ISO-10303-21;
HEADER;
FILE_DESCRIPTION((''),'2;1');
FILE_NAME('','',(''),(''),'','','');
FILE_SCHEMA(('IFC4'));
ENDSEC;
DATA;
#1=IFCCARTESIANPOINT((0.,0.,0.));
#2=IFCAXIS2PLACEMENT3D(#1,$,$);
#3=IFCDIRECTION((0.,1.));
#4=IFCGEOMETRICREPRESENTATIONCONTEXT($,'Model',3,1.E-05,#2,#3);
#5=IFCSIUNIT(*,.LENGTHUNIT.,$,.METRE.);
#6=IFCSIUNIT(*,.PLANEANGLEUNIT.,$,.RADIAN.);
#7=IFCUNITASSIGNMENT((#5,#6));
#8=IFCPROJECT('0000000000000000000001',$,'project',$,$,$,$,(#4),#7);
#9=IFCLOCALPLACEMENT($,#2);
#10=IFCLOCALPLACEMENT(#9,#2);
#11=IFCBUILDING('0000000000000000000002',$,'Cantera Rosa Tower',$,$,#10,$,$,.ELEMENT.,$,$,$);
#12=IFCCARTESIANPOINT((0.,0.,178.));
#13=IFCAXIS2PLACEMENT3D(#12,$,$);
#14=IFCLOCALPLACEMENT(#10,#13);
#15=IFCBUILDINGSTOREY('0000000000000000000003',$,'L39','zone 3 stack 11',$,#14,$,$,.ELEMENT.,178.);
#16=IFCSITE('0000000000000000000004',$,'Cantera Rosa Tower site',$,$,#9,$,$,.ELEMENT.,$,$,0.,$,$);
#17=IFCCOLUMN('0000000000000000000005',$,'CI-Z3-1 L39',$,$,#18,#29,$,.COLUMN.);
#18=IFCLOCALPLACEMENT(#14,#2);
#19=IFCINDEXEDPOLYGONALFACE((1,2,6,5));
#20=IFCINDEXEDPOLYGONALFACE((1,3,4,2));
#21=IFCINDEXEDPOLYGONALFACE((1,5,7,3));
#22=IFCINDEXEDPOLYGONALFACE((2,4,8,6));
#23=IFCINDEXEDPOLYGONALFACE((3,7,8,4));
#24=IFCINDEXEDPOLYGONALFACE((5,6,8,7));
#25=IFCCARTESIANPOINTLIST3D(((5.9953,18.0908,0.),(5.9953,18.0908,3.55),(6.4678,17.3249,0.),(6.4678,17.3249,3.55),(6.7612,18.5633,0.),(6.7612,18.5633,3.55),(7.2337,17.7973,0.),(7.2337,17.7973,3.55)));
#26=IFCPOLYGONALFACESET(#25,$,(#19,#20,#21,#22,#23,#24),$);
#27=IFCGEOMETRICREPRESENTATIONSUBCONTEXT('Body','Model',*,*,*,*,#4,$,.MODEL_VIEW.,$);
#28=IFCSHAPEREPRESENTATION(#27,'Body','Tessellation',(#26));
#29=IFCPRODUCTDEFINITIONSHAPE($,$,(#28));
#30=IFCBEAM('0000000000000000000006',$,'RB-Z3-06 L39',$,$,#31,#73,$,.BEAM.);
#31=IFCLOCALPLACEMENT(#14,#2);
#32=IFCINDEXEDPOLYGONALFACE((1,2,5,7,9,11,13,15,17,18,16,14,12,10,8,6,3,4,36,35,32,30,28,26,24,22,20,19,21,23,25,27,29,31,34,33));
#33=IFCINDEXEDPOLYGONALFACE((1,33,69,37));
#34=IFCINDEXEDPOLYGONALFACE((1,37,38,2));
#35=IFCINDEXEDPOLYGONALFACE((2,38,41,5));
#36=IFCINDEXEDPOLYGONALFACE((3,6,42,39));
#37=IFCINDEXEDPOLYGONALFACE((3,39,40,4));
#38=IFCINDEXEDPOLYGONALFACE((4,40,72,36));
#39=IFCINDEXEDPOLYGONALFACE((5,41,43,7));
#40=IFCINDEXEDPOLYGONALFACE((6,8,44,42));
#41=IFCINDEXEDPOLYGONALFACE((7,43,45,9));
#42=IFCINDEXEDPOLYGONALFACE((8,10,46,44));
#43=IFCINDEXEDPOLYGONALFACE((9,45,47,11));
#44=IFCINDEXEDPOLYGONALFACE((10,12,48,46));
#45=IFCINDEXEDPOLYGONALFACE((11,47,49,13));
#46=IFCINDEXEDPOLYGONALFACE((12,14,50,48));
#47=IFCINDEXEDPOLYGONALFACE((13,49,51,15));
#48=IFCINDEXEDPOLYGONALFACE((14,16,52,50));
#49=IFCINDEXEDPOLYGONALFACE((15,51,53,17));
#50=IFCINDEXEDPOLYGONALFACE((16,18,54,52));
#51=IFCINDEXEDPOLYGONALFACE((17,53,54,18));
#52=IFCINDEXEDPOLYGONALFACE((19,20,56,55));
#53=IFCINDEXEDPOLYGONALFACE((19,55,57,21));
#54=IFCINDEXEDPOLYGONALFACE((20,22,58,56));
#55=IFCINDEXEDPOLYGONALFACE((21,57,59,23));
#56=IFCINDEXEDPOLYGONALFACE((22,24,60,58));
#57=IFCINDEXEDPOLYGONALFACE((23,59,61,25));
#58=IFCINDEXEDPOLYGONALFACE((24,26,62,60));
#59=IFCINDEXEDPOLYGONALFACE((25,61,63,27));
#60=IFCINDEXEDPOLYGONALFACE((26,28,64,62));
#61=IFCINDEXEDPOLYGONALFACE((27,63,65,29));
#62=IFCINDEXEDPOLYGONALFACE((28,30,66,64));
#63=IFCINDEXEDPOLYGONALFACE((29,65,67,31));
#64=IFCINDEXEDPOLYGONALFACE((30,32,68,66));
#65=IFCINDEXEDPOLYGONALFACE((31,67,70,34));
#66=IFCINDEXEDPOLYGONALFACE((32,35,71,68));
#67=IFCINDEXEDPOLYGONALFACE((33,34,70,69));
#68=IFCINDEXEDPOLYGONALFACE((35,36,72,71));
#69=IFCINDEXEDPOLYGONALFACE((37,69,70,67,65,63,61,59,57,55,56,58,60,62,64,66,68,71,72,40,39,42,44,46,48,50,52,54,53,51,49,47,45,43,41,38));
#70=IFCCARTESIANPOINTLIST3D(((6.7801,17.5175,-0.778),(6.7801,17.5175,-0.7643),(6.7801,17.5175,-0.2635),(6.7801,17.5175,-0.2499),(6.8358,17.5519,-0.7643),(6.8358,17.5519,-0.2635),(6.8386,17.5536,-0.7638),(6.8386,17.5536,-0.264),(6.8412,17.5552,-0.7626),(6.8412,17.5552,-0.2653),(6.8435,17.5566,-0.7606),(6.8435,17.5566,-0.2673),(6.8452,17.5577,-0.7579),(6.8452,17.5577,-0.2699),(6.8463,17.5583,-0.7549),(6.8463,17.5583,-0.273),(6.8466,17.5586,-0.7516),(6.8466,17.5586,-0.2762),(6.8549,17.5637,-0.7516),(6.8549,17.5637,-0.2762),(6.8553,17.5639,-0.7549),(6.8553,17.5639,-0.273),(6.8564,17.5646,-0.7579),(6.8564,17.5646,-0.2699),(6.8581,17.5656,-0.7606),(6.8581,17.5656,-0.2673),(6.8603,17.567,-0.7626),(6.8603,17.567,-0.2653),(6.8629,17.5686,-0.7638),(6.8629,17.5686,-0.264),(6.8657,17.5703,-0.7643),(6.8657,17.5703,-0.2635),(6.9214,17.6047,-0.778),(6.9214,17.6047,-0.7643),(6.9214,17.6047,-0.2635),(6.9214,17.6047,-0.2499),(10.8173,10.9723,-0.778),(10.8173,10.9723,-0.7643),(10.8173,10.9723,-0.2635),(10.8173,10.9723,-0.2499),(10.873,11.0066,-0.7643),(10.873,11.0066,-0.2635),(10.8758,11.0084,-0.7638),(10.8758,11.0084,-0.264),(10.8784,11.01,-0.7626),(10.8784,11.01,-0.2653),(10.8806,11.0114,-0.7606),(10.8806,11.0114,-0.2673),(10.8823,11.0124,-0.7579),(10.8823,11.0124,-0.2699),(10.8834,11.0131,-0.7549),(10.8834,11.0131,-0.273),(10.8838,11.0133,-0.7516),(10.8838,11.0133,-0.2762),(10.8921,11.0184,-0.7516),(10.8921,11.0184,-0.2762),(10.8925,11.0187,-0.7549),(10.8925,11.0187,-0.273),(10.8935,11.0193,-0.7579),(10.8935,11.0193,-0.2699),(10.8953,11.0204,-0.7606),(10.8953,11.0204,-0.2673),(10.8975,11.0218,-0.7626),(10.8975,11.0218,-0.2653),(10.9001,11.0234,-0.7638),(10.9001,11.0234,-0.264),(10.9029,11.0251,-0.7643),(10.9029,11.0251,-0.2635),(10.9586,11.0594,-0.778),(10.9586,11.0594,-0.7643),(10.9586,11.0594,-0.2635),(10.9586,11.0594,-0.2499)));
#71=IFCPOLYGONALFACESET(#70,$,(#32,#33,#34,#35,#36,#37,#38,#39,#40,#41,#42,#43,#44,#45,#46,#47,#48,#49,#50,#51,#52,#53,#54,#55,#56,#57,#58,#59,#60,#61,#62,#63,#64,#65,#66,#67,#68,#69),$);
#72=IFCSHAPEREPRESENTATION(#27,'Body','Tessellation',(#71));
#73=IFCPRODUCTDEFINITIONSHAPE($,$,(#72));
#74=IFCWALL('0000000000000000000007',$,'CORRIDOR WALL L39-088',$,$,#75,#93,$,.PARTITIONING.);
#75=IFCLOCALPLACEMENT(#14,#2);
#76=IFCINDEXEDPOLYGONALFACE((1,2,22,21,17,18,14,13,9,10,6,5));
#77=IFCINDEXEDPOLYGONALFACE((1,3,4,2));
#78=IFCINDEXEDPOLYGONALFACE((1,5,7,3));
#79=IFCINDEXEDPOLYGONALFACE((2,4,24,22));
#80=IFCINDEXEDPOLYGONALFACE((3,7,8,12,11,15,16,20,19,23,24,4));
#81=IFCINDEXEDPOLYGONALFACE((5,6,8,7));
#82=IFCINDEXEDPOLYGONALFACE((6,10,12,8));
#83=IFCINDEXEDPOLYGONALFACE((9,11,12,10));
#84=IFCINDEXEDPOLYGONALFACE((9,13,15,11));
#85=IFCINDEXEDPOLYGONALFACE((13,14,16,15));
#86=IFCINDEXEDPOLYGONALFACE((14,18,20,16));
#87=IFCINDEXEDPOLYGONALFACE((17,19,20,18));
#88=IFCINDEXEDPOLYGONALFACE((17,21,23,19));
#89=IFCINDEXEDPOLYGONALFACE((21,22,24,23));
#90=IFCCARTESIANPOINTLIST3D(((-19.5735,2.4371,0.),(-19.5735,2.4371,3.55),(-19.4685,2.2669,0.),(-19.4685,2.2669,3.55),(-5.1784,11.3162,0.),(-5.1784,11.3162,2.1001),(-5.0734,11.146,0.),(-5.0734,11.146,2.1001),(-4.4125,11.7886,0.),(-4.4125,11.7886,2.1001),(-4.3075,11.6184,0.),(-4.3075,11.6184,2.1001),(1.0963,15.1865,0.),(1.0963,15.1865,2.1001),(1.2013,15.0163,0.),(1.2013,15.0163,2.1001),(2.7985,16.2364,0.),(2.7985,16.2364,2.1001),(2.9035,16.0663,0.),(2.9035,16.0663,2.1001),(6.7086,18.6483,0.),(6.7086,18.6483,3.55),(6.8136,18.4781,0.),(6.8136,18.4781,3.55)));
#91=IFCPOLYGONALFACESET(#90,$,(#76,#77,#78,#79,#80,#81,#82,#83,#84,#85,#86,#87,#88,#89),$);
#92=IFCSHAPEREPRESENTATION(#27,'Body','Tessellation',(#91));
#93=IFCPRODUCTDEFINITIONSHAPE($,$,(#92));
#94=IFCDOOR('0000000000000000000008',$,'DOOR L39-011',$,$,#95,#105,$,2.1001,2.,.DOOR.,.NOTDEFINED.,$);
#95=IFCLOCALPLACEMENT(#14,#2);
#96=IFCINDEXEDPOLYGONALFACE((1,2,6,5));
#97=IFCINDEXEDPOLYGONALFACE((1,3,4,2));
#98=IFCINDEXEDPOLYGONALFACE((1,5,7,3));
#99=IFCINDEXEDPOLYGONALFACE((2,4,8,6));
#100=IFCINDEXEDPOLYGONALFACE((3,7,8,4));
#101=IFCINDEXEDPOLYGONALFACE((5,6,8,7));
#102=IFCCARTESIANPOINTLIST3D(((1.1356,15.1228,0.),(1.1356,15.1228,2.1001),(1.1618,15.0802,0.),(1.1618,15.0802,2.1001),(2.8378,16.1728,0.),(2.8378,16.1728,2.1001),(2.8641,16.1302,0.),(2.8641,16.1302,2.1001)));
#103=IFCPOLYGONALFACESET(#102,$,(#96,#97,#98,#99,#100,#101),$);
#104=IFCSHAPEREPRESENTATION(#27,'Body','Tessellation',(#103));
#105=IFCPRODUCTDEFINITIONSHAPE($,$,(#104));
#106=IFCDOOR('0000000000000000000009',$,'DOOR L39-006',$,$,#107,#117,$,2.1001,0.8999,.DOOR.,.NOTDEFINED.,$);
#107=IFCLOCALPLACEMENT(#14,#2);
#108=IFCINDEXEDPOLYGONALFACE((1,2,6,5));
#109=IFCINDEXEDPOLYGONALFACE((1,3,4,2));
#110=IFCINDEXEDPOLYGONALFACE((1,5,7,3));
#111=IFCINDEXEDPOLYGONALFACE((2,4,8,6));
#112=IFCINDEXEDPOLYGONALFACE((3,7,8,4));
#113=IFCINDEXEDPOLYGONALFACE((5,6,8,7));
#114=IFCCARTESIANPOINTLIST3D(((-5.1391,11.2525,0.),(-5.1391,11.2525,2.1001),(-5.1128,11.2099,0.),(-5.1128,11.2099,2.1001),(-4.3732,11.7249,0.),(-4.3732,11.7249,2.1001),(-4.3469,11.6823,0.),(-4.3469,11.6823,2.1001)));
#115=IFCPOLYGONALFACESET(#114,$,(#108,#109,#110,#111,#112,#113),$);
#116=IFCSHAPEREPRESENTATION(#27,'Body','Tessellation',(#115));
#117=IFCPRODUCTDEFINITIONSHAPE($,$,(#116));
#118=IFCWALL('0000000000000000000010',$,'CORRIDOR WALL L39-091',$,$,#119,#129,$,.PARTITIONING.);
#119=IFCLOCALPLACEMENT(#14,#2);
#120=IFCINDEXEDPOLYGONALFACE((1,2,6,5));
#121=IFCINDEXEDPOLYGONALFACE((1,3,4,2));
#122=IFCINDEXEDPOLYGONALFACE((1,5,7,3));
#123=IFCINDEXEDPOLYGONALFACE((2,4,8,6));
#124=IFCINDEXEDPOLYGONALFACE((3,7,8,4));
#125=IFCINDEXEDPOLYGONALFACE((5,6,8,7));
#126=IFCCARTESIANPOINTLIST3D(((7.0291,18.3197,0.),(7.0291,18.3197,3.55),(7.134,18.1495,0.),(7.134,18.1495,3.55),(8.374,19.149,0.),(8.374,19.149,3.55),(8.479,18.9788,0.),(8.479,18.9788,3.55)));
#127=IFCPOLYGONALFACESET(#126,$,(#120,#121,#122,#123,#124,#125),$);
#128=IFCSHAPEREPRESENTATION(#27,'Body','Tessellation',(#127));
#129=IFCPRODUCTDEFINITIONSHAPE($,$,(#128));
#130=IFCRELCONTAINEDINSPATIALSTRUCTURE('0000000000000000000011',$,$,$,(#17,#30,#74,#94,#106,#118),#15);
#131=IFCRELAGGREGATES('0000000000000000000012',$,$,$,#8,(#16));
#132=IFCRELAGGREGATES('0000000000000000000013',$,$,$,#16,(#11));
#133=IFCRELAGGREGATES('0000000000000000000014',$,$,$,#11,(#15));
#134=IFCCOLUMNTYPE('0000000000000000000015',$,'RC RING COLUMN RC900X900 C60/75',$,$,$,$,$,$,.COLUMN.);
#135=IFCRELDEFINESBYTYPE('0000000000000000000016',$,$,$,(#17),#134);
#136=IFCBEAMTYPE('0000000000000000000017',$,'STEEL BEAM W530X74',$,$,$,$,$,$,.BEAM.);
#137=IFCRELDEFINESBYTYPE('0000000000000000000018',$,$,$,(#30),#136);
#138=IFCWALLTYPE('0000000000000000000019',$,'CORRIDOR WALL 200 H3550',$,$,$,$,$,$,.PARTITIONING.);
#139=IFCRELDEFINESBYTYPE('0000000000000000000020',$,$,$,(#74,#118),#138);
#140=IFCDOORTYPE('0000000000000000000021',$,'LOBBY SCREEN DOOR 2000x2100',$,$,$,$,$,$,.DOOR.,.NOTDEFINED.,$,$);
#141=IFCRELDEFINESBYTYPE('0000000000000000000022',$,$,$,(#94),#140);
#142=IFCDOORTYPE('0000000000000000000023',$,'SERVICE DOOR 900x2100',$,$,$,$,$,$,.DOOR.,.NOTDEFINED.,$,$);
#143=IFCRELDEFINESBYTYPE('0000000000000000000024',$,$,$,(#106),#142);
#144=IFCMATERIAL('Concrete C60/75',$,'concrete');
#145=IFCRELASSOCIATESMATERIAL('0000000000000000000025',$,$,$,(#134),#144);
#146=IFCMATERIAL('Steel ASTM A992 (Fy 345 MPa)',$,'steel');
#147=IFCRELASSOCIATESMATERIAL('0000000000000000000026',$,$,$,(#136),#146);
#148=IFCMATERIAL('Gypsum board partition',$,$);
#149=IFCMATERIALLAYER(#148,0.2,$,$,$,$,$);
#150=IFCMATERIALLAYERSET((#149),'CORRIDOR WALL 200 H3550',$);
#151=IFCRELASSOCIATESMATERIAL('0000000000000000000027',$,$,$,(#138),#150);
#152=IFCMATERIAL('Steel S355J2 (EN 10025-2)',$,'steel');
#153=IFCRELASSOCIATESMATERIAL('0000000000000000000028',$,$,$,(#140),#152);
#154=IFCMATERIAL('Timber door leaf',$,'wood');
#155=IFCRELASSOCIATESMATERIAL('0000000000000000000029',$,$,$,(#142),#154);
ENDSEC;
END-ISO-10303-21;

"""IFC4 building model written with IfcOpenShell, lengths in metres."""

from ifc_helpers import new_model, si_unit, direction, frame, frame_2d, origin, origin_2d, place, context, subcontext, project, spatial, rectangle, i_section, extrude, material, layer, layer_set, material_profile, profile_set, type_object, element, fill, save


model = new_model("IFC4")

# Units and contexts
model_context = context("Model", 3, precision=1e-05, world=origin(), true_north=direction((0.0, 1.0)))
body_context = subcontext(model_context, "Body", "Model", "MODEL_VIEW")
ifc_project = project(units=[si_unit("LENGTHUNIT", "METRE"), si_unit("PLANEANGLEUNIT", "RADIAN")], contexts=[model_context])

# Site, building, storey
site_placement = place(None, origin())
site = spatial("IfcSite", under=ifc_project, at=site_placement, Name="Cantera Rosa Tower site", CompositionType="ELEMENT", RefElevation=0.0)
building_placement = place(site_placement, origin())
building = spatial("IfcBuilding", under=site, at=building_placement, Name="Cantera Rosa Tower", CompositionType="ELEMENT")
storey_placement = place(building_placement, frame((0.0, 0.0, 178.0)))
storey = spatial("IfcBuildingStorey", under=building, at=storey_placement, Name="L39", Description="zone 3 stack 11", CompositionType="ELEMENT", Elevation=178.0)

# Column
ifc_material_1 = material(Name="Concrete C60/75", Category="concrete")
ifc_material_profile_1 = material_profile(ifc_material_1, rectangle(XDim=0.8999, YDim=0.8999, at=origin_2d()), Name="RC RING COLUMN RC900X900 C60/75")
ifc_profile_set_1 = profile_set([ifc_material_profile_1], Name="Concrete C60/75")
column_type = type_object("IfcColumnType", Name="RC RING COLUMN RC900X900 C60/75", PredefinedType="COLUMN", material=ifc_profile_set_1)
column_placement = place(storey_placement, frame((6.6145, 17.9441, 0.0), z_axis=(0.0, 0.0, 1.0), x_axis=(0.851117, 0.524977, 0.0)))
element("IfcColumn", 1, at=column_placement, inside=storey, type_object=column_type, Name="CI-Z3-1 L39", PredefinedType="COLUMN", context=body_context, shape_type="SweptSolid", body=[
    extrude(rectangle(XDim=0.8999, YDim=0.8999, at=origin_2d()), origin(), (0.0, 0.0, 1.0), 3.55),
])

# Beam
ifc_material_2 = material(Name="Steel ASTM A992 (Fy 345 MPa)", Category="steel")
ifc_material_profile_2 = material_profile(ifc_material_2, i_section(OverallWidth=0.166, OverallDepth=0.5281, WebThickness=0.0098, FlangeThickness=0.0137, FilletRadius=0.0127, at=origin_2d()), Name="W530X74")
ifc_profile_set_2 = profile_set([ifc_material_profile_2], Name="Steel ASTM A992 (Fy 345 MPa)")
beam_type = type_object("IfcBeamType", Name="STEEL BEAM W530X74", PredefinedType="BEAM", material=ifc_profile_set_2)
beam_placement = place(storey_placement, frame((10.8879, 11.0159, -0.5139), z_axis=(-0.524976, 0.851117, 0.0), x_axis=(-0.851117, -0.524976, 0.0)))
element("IfcBeam", 2, at=beam_placement, inside=storey, type_object=beam_type, Name="RB-Z3-06 L39", PredefinedType="BEAM", context=body_context, shape_type="SweptSolid", body=[
    extrude(i_section(OverallWidth=0.166, OverallDepth=0.5281, WebThickness=0.0098, FlangeThickness=0.0137, FilletRadius=0.0127, at=origin_2d()), origin(), (0.0, 0.0, 1.0), 7.6902),
])

# Wall, openings, doors
ifc_material_3 = material(Name="Gypsum board partition")
ifc_layer_1 = layer(ifc_material_3, 0.2)
ifc_layer_set_1 = layer_set([ifc_layer_1], Name="CORRIDOR WALL 200 H3550")
wall_type_1 = type_object("IfcWallType", Name="CORRIDOR WALL 200 H3550", PredefinedType="PARTITIONING", material=ifc_layer_set_1)
wall_1_placement = place(storey_placement, frame((6.7612, 18.5632, 0.0), z_axis=(0.0, 0.0, 1.0), x_axis=(-0.851116, -0.524978, 0.0)))
wall_1 = element("IfcWall", 3, at=wall_1_placement, inside=storey, type_object=wall_type_1, Name="CORRIDOR WALL L39-088", PredefinedType="PARTITIONING", context=body_context, shape_type="SweptSolid", body=[
    extrude(rectangle(XDim=30.8796, YDim=0.2, at=frame_2d((15.4399, 0.0))), origin(), (0.0, 0.0, 1.0), 3.55),
])
opening_1_placement = place(wall_1_placement, frame((13.0667, 0.0, 0.0)))
opening_1 = element("IfcOpeningElement", 4, at=opening_1_placement, cuts=wall_1, PredefinedType="OPENING", context=body_context, shape_type="SweptSolid", body=[
    extrude(rectangle(XDim=0.8999, YDim=2.1001, at=frame_2d((0.45, 1.05))), frame((0.0, 0.1099, 0.0), z_axis=(0.0, -1.0, 0.0), x_axis=(1.0, 0.0, 0.0)), (0.0, 0.0, 1.0), 0.22),
])
opening_2_placement = place(wall_1_placement, frame((4.5942, 0.0, 0.0)))
opening_2 = element("IfcOpeningElement", 5, at=opening_2_placement, cuts=wall_1, PredefinedType="OPENING", context=body_context, shape_type="SweptSolid", body=[
    extrude(rectangle(XDim=2.0, YDim=2.1001, at=frame_2d((1.0, 1.05))), frame((0.0, 0.1099, 0.0), z_axis=(0.0, -1.0, 0.0), x_axis=(1.0, 0.0, 0.0)), (0.0, 0.0, 1.0), 0.22),
])
ifc_material_4 = material(Name="Steel S355J2 (EN 10025-2)", Category="steel")
door_type_1 = type_object("IfcDoorType", Name="LOBBY SCREEN DOOR 2000x2100", OperationType="NOTDEFINED", PredefinedType="DOOR", material=ifc_material_4)
door_1_placement = place(opening_2_placement, origin())
door_1 = element("IfcDoor", 6, at=door_1_placement, inside=storey, type_object=door_type_1, Name="DOOR L39-011", OperationType="NOTDEFINED", OverallHeight=2.1001, OverallWidth=2.0, PredefinedType="DOOR", context=body_context, shape_type="SweptSolid", body=[
    extrude(rectangle(XDim=2.0, YDim=2.1001, at=frame_2d((1.0, 1.05))), frame((0.0, 0.0249, 0.0), z_axis=(0.0, -1.0, 0.0), x_axis=(1.0, 0.0, 0.0)), (0.0, 0.0, 1.0), 0.05),
])
fill(opening_2, door_1)
ifc_material_5 = material(Name="Timber door leaf", Category="wood")
door_type_2 = type_object("IfcDoorType", Name="SERVICE DOOR 900x2100", OperationType="NOTDEFINED", PredefinedType="DOOR", material=ifc_material_5)
door_2_placement = place(opening_1_placement, origin())
door_2 = element("IfcDoor", 7, at=door_2_placement, inside=storey, type_object=door_type_2, Name="DOOR L39-006", OperationType="NOTDEFINED", OverallHeight=2.1001, OverallWidth=0.8999, PredefinedType="DOOR", context=body_context, shape_type="SweptSolid", body=[
    extrude(rectangle(XDim=0.8999, YDim=2.1001, at=frame_2d((0.45, 1.05))), frame((0.0, 0.0249, 0.0), z_axis=(0.0, -1.0, 0.0), x_axis=(1.0, 0.0, 0.0)), (0.0, 0.0, 1.0), 0.05),
])
fill(opening_1, door_2)

# Wall
wall_2_placement = place(storey_placement, frame((7.0815, 18.2346, 0.0), z_axis=(0.0, 0.0, 1.0), x_axis=(0.851186, 0.524864, 0.0)))
element("IfcWall", 8, at=wall_2_placement, inside=storey, type_object=wall_type_1, Name="CORRIDOR WALL L39-091", PredefinedType="PARTITIONING", context=body_context, shape_type="SweptSolid", body=[
    extrude(rectangle(XDim=1.5801, YDim=0.2, at=frame_2d((0.79, 0.0))), origin(), (0.0, 0.0, 1.0), 3.55),
])

save(model, "model.ifc")
